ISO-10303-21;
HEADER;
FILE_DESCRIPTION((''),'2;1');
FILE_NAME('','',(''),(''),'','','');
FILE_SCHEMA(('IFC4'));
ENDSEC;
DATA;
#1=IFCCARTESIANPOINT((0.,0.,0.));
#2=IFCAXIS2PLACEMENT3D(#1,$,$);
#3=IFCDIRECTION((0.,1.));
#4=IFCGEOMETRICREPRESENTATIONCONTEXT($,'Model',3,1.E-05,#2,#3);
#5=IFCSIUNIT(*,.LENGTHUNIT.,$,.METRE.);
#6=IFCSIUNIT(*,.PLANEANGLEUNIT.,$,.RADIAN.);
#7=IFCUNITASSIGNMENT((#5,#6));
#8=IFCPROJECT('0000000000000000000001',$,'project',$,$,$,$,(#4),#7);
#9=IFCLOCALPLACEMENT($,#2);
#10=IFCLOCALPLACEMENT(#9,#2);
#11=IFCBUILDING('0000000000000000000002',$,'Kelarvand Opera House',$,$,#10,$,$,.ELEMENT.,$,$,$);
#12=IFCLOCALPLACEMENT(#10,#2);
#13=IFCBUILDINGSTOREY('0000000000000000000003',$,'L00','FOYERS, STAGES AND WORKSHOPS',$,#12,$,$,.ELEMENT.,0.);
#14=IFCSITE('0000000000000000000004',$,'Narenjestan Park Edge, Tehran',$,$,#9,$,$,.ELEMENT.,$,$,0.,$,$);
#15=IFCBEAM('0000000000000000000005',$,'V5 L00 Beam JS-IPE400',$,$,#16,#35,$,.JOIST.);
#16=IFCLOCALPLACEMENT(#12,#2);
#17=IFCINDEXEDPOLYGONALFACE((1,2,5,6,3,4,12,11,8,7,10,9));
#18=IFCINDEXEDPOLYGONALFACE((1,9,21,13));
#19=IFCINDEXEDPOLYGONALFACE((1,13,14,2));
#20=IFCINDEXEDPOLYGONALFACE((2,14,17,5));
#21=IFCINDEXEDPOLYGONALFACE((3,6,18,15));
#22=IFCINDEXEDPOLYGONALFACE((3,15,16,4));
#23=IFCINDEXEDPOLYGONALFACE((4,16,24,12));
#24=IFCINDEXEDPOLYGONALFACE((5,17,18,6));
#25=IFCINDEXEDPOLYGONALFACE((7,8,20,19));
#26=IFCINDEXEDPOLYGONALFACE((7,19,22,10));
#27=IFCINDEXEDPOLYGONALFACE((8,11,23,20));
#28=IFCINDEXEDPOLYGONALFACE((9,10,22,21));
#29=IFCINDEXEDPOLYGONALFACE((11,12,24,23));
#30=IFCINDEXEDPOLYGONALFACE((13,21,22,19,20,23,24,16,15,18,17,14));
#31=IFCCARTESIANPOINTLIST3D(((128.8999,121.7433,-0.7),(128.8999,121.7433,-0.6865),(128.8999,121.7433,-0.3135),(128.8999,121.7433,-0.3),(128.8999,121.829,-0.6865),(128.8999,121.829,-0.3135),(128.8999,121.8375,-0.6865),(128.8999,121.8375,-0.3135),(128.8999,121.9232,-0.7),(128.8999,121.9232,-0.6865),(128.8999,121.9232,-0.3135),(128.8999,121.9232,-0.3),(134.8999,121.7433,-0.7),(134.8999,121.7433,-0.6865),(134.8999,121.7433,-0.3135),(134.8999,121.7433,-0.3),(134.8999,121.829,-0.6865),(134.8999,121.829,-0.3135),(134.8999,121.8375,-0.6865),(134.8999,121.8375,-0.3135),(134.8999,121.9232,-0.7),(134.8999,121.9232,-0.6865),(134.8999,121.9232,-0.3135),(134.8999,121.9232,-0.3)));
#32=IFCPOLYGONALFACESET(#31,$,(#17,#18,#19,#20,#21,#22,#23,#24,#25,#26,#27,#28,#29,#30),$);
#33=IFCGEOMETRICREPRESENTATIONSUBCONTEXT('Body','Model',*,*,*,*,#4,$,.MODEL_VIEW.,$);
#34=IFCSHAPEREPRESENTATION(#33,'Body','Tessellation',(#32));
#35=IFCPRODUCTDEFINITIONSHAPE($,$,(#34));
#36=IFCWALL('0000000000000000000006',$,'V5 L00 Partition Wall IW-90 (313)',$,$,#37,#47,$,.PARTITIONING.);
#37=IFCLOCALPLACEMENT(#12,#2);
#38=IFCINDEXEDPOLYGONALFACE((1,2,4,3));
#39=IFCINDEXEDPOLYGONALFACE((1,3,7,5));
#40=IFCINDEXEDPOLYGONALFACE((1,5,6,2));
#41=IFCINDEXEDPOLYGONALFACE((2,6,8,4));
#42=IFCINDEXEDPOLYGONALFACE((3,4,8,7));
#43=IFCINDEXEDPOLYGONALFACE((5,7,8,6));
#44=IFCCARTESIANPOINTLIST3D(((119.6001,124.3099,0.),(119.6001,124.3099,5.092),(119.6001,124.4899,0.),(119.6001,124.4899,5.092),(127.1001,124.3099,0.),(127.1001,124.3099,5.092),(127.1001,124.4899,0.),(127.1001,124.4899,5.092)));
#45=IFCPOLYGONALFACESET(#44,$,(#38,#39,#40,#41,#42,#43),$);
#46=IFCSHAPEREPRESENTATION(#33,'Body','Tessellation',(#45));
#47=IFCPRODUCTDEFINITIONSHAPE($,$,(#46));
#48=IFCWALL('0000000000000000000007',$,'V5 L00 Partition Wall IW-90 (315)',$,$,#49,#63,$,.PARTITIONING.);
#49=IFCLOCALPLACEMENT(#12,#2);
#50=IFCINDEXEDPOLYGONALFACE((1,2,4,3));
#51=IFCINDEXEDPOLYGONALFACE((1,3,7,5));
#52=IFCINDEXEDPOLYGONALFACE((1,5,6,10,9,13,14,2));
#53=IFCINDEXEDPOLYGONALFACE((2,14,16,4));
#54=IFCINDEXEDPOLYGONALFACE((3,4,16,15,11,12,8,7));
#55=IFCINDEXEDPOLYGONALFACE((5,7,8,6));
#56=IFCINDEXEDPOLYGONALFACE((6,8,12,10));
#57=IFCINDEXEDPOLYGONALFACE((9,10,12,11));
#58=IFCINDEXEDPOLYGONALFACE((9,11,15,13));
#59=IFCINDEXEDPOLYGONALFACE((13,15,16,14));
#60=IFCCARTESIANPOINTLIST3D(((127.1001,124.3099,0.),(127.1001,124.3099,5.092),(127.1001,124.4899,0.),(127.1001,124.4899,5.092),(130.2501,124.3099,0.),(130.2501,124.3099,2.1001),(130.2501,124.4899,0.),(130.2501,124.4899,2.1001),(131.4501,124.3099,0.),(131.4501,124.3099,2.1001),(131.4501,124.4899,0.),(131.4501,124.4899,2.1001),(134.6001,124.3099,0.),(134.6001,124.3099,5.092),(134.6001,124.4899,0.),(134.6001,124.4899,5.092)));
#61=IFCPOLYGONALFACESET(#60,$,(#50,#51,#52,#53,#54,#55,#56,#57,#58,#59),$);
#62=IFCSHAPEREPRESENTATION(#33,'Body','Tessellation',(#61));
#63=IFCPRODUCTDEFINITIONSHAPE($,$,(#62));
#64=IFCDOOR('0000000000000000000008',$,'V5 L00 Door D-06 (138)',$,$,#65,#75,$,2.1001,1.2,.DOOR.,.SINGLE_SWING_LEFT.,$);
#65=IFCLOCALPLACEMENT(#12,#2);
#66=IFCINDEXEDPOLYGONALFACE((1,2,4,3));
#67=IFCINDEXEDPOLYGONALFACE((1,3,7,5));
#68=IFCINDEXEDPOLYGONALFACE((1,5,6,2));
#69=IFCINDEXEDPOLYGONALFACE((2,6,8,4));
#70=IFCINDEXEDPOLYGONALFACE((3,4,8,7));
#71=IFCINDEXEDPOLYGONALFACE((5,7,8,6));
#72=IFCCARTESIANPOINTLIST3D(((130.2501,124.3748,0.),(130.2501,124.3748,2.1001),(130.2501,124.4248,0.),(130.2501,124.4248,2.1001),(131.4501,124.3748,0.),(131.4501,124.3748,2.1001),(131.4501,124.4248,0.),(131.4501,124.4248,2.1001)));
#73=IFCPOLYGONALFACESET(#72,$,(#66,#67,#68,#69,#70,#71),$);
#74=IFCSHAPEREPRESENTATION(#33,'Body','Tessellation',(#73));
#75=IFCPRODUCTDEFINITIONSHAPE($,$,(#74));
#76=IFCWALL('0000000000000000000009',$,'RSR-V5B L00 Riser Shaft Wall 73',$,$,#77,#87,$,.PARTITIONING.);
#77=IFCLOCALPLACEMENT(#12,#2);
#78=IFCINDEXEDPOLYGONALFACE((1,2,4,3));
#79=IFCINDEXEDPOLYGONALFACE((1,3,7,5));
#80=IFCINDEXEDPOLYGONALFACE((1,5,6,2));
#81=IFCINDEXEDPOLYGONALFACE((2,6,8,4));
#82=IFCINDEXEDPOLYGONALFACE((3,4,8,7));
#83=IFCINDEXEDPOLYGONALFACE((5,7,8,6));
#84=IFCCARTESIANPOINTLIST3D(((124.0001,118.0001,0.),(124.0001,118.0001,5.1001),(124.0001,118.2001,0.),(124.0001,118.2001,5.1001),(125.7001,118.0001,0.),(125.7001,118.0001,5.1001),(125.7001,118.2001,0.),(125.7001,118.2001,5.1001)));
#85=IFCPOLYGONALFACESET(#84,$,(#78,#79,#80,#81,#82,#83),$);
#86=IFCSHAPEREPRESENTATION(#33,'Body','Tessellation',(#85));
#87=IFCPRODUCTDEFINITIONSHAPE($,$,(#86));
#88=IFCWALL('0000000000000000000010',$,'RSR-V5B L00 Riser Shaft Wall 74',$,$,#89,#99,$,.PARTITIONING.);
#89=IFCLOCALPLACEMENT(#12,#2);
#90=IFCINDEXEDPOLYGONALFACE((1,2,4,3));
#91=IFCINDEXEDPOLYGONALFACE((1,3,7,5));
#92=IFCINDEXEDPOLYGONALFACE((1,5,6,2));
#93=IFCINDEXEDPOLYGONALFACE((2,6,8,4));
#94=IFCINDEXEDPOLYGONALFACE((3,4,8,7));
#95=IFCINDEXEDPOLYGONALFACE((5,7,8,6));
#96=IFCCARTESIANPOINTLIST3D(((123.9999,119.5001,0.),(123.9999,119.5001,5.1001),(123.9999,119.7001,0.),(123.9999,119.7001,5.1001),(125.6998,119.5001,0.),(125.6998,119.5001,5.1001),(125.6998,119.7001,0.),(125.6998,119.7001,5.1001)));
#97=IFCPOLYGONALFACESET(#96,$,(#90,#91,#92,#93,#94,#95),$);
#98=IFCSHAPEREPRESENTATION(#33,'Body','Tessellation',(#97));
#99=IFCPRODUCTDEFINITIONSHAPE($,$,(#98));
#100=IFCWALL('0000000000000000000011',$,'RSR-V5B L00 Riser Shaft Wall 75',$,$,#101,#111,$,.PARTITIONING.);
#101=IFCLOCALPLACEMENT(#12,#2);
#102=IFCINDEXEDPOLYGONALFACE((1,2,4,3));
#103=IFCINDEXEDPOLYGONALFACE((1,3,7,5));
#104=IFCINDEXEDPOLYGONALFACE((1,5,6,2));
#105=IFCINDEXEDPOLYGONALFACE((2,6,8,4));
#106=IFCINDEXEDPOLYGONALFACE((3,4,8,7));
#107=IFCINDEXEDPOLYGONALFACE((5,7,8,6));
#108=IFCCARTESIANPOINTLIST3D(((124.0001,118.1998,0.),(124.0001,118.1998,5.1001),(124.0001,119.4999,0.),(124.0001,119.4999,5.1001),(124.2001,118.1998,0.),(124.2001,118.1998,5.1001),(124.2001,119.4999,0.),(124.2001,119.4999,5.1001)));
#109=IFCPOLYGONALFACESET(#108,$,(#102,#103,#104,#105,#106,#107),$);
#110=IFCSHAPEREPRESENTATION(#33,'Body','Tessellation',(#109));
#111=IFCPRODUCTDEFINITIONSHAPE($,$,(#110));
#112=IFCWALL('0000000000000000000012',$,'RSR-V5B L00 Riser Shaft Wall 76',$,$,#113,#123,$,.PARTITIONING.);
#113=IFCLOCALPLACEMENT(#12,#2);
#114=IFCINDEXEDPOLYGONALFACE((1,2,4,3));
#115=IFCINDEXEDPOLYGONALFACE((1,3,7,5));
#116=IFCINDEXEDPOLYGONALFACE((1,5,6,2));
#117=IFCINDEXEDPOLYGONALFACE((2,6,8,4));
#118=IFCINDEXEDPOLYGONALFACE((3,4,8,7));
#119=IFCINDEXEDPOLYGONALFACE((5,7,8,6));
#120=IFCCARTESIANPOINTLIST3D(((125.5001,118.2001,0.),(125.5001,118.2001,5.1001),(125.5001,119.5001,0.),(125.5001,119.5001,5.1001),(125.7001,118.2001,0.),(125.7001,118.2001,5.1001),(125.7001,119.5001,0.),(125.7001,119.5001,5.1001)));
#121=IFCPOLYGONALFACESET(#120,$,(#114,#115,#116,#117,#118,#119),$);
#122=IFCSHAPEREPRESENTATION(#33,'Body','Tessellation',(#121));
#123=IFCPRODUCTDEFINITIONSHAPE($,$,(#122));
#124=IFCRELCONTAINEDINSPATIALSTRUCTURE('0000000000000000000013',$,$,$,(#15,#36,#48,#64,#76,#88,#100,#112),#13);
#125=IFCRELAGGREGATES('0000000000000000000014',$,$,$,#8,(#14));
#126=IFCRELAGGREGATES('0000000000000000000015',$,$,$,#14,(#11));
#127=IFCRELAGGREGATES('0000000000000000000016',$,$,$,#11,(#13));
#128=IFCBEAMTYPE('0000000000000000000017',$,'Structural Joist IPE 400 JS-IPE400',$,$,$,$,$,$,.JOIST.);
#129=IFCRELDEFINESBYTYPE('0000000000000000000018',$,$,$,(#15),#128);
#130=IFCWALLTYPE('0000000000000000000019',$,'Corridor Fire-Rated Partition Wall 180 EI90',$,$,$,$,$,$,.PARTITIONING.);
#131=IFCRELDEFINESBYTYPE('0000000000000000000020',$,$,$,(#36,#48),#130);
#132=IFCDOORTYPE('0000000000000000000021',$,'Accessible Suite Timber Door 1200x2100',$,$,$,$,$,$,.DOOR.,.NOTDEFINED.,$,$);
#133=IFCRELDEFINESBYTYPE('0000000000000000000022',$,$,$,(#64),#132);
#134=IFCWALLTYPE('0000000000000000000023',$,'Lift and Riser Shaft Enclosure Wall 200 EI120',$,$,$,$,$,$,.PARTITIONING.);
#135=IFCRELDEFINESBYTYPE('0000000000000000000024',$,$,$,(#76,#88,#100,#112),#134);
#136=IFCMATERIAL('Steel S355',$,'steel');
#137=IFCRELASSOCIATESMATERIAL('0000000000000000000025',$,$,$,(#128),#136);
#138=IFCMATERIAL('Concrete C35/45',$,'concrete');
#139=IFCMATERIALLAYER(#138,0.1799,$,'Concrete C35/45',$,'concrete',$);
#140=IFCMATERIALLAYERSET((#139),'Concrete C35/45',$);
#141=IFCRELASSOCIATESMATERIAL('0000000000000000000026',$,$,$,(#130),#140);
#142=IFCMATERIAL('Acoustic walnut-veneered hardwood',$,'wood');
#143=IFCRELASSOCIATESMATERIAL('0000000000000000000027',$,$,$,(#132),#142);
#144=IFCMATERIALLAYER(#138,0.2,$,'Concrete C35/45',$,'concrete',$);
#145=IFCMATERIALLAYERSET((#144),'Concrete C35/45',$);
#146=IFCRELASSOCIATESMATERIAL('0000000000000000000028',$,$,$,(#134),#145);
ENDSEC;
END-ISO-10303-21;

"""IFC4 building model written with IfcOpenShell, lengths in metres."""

from ifc_helpers import new_model, si_unit, direction, frame, frame_2d, origin, origin_2d, place, context, subcontext, project, spatial, rectangle, i_section, extrude, material, layer, layer_set, material_profile, profile_set, type_object, element, fill, save


model = new_model("IFC4")

# Units and contexts
model_context = context("Model", 3, precision=1e-05, world=origin(), true_north=direction((0.0, 1.0)))
body_context = subcontext(model_context, "Body", "Model", "MODEL_VIEW")
ifc_project = project(units=[si_unit("LENGTHUNIT", "METRE"), si_unit("PLANEANGLEUNIT", "RADIAN")], contexts=[model_context])

# Site, building, storey
site_placement = place(None, origin())
site = spatial("IfcSite", under=ifc_project, at=site_placement, Name="Narenjestan Park Edge, Tehran", CompositionType="ELEMENT", RefElevation=0.0)
building_placement = place(site_placement, origin())
building = spatial("IfcBuilding", under=site, at=building_placement, Name="Kelarvand Opera House", CompositionType="ELEMENT")
storey_placement = place(building_placement, origin())
storey = spatial("IfcBuildingStorey", under=building, at=storey_placement, Name="L00", Description="FOYERS, STAGES AND WORKSHOPS", CompositionType="ELEMENT", Elevation=0.0)

# Beam
ifc_material_1 = material(Name="Concrete C35/45", Category="concrete")
ifc_material_2 = material(Name="Steel S355", Category="steel")
ifc_material_profile_1 = material_profile(ifc_material_2, i_section(OverallWidth=0.1799, OverallDepth=0.3999, WebThickness=0.0085, FlangeThickness=0.0134, at=origin_2d()), Name="IPE 400", Category="steel")
ifc_profile_set_1 = profile_set([ifc_material_profile_1], Name="Steel S355")
beam_type_1 = type_object("IfcBeamType", Name="Structural Joist IPE 400 JS-IPE400", PredefinedType="JOIST", material=ifc_profile_set_1)
for number, where, z_axis, x_axis, name in (
    (1, (128.8999, 121.8333, -0.5), (1.0, 0.0, 0.0), (0.0, 1.0, 0.0), "V5 L00 Beam JS-IPE400"),
):
    element("IfcBeam", number, at=place(storey_placement, frame(where, z_axis=z_axis, x_axis=x_axis)), inside=storey, type_object=beam_type_1, Name=name, PredefinedType="JOIST", context=body_context, shape_type="SweptSolid", body=[
        extrude(i_section(OverallWidth=0.1799, OverallDepth=0.3999, WebThickness=0.0085, FlangeThickness=0.0134, at=origin_2d()), origin(), (0.0, 0.0, 1.0), 6.0),
    ])

# Wall
ifc_layer_1 = layer(ifc_material_1, 0.1799, Name="Concrete C35/45", Category="concrete")
ifc_layer_set_1 = layer_set([ifc_layer_1], Name="Concrete C35/45")
wall_type_1 = type_object("IfcWallType", Name="Corridor Fire-Rated Partition Wall 180 EI90", PredefinedType="PARTITIONING", material=ifc_layer_set_1)
wall_1_placement = place(storey_placement, frame((119.6001, 124.3999, 0.0), z_axis=(0.0, 0.0, 1.0), x_axis=(1.0, 0.0, 0.0)))
element("IfcWall", 2, at=wall_1_placement, inside=storey, type_object=wall_type_1, Name="V5 L00 Partition Wall IW-90 (313)", PredefinedType="PARTITIONING", context=body_context, shape_type="SweptSolid", body=[
    extrude(rectangle(XDim=7.5, YDim=0.1799, at=frame_2d((3.75, 0.0))), origin(), (0.0, 0.0, 1.0), 5.092),
])

# Wall, opening, door
wall_2_placement = place(storey_placement, frame((127.1001, 124.3999, 0.0), z_axis=(0.0, 0.0, 1.0), x_axis=(1.0, 0.0, 0.0)))
wall_2 = element("IfcWall", 3, at=wall_2_placement, inside=storey, type_object=wall_type_1, Name="V5 L00 Partition Wall IW-90 (315)", PredefinedType="PARTITIONING", context=body_context, shape_type="SweptSolid", body=[
    extrude(rectangle(XDim=7.5, YDim=0.1799, at=frame_2d((3.75, 0.0))), origin(), (0.0, 0.0, 1.0), 5.092),
])
opening_placement = place(wall_2_placement, frame((3.1499, 0.0, 0.0)))
opening = element("IfcOpeningElement", 4, at=opening_placement, cuts=wall_2, PredefinedType="OPENING", context=body_context, shape_type="SweptSolid", body=[
    extrude(rectangle(XDim=1.2, YDim=2.1001, at=frame_2d((0.6001, 1.05))), frame((0.0, 0.1001, 0.0), z_axis=(0.0, -1.0, 0.0), x_axis=(1.0, 0.0, 0.0)), (0.0, 0.0, 1.0), 0.2),
])
ifc_material_3 = material(Name="Acoustic walnut-veneered hardwood", Category="wood")
door_type = type_object("IfcDoorType", Name="Accessible Suite Timber Door 1200x2100", OperationType="NOTDEFINED", PredefinedType="DOOR", material=ifc_material_3)
door_placement = place(opening_placement, origin())
door = element("IfcDoor", 5, at=door_placement, inside=storey, type_object=door_type, Name="V5 L00 Door D-06 (138)", OperationType="SINGLE_SWING_LEFT", OverallHeight=2.1001, OverallWidth=1.2, PredefinedType="DOOR", context=body_context, shape_type="SweptSolid", body=[
    extrude(rectangle(XDim=1.2, YDim=2.1001, at=frame_2d((0.6001, 1.05))), frame((0.0, 0.0249, 0.0), z_axis=(0.0, -1.0, 0.0), x_axis=(1.0, 0.0, 0.0)), (0.0, 0.0, 1.0), 0.05),
])
fill(opening, door)

# Walls
ifc_layer_2 = layer(ifc_material_1, 0.2, Name="Concrete C35/45", Category="concrete")
ifc_layer_set_2 = layer_set([ifc_layer_2], Name="Concrete C35/45")
wall_type_2 = type_object("IfcWallType", Name="Lift and Riser Shaft Enclosure Wall 200 EI120", PredefinedType="PARTITIONING", material=ifc_layer_set_2)
for number, where, z_axis, x_axis, name in (
    (6, (124.0, 118.1001, 0.0), (0.0, 0.0, 1.0), (1.0, 0.0, 0.0), "RSR-V5B L00 Riser Shaft Wall 73"),
    (7, (125.7, 119.6001, 0.0), (0.0, 0.0, 1.0), (-1.0, 0.0, 0.0), "RSR-V5B L00 Riser Shaft Wall 74"),
):
    element("IfcWall", number, at=place(storey_placement, frame(where, z_axis=z_axis, x_axis=x_axis)), inside=storey, type_object=wall_type_2, Name=name, PredefinedType="PARTITIONING", context=body_context, shape_type="SweptSolid", body=[
        extrude(rectangle(XDim=1.7, YDim=0.2, at=frame_2d((0.8501, 0.0))), origin(), (0.0, 0.0, 1.0), 5.1001),
    ])
for number, where, z_axis, x_axis, name in (
    (8, (124.1001, 118.2, 0.0), (0.0, 0.0, 1.0), (0.0, 1.0, 0.0), "RSR-V5B L00 Riser Shaft Wall 75"),
    (9, (125.6001, 119.5, 0.0), (0.0, 0.0, 1.0), (0.0, -1.0, 0.0), "RSR-V5B L00 Riser Shaft Wall 76"),
):
    element("IfcWall", number, at=place(storey_placement, frame(where, z_axis=z_axis, x_axis=x_axis)), inside=storey, type_object=wall_type_2, Name=name, PredefinedType="PARTITIONING", context=body_context, shape_type="SweptSolid", body=[
        extrude(rectangle(XDim=1.3, YDim=0.2, at=frame_2d((0.6499, 0.0))), origin(), (0.0, 0.0, 1.0), 5.1001),
    ])

save(model, "model.ifc")
